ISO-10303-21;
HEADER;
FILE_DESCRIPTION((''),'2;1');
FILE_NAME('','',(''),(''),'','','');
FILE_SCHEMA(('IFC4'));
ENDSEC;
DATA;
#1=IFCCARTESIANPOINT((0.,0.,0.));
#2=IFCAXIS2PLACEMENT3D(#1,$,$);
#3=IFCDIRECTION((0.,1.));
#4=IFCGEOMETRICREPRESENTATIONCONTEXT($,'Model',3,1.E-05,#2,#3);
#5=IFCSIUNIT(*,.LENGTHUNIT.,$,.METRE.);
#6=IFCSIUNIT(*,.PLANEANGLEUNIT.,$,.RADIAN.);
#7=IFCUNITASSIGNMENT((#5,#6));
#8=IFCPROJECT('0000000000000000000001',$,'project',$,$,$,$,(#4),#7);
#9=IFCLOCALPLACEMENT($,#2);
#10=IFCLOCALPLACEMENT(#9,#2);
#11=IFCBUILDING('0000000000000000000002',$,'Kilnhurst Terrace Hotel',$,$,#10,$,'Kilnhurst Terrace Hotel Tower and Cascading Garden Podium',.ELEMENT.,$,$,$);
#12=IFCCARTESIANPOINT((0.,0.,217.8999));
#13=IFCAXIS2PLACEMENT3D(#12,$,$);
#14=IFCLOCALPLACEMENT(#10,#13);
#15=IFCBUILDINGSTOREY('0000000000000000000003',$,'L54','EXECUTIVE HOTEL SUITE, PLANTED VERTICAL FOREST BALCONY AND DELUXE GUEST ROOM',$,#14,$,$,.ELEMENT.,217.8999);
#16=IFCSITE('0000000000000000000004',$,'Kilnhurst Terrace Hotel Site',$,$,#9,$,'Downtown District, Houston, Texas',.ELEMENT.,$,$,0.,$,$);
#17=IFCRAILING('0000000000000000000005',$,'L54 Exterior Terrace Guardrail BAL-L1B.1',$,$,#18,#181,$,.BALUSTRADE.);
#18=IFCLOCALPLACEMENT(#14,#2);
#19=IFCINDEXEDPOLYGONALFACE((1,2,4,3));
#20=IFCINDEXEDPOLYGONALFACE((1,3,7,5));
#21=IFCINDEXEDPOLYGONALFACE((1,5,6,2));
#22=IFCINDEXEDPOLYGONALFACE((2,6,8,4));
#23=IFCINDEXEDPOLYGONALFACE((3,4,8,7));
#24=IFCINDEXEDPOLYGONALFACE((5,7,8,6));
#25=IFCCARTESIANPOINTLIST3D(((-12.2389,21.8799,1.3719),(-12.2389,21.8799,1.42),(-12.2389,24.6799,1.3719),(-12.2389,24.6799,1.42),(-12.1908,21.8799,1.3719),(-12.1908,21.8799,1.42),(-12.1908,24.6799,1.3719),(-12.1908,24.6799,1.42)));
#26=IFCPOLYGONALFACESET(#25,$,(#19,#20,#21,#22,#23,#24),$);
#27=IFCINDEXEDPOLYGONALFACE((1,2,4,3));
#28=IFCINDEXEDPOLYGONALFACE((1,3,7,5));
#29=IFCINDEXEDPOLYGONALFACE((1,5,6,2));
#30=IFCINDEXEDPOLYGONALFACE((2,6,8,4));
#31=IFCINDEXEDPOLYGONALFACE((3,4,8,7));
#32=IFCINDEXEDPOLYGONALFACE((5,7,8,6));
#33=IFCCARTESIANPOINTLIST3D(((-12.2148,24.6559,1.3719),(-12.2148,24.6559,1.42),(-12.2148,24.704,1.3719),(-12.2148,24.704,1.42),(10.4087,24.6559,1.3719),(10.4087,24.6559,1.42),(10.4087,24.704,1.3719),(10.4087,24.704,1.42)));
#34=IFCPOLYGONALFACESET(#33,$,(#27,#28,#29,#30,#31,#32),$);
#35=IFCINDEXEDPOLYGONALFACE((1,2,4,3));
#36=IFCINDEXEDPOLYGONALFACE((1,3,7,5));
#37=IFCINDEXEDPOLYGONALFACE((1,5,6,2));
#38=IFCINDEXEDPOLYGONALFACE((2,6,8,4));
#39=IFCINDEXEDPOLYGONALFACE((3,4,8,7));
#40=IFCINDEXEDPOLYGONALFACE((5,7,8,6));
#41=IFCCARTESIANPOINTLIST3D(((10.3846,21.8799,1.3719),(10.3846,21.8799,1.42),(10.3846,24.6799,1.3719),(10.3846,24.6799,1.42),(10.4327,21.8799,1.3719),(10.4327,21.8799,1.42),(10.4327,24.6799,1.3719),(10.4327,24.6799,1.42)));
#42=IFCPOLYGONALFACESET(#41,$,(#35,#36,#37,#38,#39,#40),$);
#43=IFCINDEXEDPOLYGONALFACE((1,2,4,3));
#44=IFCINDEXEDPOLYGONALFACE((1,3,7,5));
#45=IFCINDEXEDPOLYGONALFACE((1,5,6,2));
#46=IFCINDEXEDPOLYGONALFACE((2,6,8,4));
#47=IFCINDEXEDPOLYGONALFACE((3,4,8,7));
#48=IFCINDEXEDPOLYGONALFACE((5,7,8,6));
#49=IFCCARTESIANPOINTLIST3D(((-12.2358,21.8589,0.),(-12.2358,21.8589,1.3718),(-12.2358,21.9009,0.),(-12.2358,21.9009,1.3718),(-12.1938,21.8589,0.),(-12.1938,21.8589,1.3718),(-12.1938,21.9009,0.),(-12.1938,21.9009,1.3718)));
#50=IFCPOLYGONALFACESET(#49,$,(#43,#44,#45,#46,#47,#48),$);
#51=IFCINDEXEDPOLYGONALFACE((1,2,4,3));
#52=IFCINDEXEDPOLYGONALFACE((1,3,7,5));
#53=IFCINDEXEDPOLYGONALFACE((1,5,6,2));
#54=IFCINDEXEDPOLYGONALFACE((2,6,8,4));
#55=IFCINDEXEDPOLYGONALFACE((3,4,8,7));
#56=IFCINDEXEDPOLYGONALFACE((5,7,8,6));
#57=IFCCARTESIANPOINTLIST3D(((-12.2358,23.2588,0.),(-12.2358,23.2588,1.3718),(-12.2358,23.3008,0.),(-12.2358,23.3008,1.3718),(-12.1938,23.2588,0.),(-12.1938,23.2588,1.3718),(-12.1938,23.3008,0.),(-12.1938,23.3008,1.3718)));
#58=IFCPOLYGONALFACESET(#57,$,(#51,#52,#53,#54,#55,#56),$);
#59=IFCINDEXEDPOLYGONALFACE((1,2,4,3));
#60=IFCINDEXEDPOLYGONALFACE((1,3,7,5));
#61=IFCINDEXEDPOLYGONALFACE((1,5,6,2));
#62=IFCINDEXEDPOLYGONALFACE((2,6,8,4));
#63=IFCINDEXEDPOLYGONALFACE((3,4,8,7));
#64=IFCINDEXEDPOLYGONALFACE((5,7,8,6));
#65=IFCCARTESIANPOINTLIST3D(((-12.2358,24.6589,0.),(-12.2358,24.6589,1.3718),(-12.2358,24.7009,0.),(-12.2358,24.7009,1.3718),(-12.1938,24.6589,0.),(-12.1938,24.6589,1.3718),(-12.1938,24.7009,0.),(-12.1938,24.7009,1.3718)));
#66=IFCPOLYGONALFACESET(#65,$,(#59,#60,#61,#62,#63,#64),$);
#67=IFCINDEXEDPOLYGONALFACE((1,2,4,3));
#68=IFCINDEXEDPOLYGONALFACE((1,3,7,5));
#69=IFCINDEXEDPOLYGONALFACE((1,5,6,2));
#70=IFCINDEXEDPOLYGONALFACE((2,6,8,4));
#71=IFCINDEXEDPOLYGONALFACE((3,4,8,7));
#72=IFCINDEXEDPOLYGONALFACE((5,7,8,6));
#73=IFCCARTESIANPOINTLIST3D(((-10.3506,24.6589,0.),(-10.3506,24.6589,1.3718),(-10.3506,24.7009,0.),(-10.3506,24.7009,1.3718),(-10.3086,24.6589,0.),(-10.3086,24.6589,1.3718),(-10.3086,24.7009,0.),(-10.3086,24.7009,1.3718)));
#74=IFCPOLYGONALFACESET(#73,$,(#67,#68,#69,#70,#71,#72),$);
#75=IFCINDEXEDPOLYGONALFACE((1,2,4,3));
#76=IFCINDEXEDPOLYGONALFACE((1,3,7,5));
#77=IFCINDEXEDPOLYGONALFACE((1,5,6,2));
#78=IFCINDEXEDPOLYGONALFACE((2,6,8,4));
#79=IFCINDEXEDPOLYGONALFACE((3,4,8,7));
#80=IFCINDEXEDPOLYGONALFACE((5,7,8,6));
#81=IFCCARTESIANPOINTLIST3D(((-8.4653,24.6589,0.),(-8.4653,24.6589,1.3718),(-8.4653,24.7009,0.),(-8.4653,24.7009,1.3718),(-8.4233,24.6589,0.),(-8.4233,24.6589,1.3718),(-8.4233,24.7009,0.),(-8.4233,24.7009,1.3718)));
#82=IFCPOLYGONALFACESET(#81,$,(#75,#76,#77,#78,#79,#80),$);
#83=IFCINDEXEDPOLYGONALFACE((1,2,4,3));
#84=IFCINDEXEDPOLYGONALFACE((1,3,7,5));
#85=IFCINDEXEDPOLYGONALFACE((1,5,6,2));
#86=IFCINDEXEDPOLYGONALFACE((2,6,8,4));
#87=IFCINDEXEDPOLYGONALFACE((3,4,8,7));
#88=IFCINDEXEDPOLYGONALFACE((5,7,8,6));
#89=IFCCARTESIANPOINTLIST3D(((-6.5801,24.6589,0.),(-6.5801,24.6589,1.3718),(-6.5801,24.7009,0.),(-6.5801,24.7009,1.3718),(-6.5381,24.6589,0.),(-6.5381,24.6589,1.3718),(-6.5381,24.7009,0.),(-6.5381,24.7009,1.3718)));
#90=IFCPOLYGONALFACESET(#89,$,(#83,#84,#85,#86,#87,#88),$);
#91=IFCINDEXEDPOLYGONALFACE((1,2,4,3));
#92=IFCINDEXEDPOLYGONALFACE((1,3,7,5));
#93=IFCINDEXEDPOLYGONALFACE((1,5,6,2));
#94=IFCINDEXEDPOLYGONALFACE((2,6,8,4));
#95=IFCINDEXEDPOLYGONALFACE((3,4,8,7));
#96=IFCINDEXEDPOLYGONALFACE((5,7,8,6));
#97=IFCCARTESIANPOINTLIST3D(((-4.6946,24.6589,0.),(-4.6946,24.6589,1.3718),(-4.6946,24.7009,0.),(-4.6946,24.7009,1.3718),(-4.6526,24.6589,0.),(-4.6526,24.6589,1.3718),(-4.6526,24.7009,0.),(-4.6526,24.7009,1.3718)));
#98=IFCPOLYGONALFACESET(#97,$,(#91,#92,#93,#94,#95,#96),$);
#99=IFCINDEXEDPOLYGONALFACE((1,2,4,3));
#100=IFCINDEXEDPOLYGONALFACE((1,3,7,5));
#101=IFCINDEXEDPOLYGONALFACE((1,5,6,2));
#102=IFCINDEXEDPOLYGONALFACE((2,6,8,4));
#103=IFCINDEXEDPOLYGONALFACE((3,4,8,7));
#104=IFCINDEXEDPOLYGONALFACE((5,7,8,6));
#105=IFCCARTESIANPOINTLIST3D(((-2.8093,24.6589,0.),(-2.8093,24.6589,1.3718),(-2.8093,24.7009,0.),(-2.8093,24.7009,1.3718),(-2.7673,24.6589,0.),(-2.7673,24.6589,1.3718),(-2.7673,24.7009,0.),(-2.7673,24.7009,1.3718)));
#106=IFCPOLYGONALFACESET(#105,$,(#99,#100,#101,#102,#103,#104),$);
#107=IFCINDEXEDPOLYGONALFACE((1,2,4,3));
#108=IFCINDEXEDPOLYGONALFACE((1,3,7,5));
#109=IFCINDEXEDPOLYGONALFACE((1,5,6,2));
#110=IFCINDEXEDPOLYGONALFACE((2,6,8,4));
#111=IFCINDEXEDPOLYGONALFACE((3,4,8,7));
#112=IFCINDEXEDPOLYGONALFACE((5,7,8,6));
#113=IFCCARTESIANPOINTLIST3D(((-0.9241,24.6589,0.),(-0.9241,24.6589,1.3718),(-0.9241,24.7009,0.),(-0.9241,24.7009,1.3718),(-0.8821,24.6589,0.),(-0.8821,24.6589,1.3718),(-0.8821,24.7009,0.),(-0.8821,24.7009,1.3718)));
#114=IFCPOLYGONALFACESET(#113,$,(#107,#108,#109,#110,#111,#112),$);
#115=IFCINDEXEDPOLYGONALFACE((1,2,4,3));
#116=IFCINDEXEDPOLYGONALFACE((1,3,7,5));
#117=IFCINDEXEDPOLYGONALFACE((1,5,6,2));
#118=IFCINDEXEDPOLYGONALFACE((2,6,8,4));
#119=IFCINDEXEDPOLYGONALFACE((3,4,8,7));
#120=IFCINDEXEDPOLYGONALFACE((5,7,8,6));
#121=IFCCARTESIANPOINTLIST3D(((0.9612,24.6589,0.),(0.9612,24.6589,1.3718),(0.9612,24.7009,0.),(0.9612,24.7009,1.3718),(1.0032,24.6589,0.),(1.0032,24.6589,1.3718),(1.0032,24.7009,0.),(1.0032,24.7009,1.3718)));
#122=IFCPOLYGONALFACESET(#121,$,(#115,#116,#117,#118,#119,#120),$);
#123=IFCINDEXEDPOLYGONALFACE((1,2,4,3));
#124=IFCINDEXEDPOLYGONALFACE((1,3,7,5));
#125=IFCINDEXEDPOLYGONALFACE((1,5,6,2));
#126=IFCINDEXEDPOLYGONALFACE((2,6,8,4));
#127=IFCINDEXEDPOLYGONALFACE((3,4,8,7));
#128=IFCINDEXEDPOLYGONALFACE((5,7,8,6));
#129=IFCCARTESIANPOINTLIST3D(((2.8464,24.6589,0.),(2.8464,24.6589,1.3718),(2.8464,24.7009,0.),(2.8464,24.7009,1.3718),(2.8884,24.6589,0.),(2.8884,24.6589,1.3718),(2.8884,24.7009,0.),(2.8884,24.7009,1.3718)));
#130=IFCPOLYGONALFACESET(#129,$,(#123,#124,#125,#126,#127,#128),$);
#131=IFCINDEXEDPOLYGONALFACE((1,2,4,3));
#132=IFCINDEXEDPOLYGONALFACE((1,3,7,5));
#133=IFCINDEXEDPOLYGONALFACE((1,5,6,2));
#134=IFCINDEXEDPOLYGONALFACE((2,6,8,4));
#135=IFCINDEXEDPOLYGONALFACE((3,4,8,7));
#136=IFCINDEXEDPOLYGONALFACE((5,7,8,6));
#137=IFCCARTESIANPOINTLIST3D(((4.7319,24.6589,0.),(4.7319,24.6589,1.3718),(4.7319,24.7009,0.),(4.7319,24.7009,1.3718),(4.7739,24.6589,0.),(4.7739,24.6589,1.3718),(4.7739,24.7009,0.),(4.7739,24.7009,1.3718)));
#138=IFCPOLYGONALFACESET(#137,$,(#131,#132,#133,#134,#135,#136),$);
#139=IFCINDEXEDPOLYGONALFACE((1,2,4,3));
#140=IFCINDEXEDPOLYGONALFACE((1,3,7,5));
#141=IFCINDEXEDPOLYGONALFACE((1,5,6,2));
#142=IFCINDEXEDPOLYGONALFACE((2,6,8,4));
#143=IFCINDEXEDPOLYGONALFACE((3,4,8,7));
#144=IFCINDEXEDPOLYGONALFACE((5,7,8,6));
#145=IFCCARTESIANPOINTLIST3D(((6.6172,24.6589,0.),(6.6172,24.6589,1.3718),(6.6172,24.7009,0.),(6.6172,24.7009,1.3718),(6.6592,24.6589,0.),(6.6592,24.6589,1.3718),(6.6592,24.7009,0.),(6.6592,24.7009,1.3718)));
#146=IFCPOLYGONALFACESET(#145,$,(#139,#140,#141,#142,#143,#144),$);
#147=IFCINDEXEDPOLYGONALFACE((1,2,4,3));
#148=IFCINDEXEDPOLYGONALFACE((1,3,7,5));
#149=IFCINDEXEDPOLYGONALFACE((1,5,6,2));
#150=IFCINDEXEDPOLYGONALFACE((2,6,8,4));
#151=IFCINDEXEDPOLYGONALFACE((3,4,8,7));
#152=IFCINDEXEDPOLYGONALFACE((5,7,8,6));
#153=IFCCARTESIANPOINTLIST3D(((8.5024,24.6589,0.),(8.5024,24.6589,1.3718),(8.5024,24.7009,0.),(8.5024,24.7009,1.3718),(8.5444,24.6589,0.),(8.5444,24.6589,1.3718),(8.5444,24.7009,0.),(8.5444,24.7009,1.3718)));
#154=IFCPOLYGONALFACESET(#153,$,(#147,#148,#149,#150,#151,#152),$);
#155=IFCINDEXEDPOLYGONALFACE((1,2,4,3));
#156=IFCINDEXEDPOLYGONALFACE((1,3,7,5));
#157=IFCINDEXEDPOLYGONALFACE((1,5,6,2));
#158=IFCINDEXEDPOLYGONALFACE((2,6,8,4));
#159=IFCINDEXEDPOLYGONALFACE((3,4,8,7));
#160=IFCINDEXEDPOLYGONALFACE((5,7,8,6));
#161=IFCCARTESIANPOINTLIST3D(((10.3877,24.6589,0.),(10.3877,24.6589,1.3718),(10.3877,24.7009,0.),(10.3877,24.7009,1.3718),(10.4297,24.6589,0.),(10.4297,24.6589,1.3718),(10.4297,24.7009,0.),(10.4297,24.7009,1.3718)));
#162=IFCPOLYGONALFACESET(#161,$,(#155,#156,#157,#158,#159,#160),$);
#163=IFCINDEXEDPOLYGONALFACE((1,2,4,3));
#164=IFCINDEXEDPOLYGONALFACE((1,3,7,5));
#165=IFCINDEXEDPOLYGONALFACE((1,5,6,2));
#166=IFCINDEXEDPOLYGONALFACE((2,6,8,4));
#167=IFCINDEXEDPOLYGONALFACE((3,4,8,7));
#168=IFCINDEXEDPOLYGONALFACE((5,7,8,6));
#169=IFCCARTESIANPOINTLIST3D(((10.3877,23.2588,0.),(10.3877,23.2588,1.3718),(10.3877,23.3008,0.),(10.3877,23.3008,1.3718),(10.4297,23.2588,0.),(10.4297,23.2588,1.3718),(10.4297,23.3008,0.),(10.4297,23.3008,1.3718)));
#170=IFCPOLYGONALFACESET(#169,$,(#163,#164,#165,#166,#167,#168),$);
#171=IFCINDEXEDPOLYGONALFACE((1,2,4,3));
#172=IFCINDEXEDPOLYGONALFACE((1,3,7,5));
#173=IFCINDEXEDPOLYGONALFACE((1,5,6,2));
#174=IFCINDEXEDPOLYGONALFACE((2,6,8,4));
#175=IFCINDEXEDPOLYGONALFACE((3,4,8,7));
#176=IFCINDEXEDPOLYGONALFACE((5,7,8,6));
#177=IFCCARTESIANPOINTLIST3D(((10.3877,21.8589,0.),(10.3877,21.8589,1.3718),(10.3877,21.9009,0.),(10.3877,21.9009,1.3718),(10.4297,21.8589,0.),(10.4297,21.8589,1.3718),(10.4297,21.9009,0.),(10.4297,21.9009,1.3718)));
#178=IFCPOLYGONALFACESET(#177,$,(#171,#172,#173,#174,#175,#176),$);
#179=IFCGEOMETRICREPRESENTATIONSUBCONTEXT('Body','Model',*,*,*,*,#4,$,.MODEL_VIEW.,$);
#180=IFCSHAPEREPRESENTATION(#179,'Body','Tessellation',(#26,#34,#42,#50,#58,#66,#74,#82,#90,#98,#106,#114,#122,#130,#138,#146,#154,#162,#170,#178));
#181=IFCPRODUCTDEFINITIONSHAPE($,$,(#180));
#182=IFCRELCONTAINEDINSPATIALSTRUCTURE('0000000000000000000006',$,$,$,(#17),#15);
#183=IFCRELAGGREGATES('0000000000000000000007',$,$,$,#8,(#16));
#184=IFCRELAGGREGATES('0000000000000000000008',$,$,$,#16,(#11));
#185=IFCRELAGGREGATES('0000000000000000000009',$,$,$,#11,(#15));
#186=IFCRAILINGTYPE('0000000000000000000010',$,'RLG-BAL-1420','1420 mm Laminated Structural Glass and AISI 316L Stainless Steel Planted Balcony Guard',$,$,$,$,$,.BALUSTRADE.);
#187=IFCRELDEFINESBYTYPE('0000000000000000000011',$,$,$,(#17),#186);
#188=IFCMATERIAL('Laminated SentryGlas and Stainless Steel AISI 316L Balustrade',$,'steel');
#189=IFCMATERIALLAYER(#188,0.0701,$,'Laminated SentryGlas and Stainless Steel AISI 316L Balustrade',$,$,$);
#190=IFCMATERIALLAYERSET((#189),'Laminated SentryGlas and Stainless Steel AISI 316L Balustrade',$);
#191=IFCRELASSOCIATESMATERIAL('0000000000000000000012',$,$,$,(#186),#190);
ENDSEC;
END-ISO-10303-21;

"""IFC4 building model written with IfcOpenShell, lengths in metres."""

from ifc_helpers import new_model, si_unit, direction, frame, origin, origin_2d, place, context, subcontext, project, spatial, rectangle, extrude, material, layer, layer_set, type_object, element, save


model = new_model("IFC4")

# Units and contexts
model_context = context("Model", 3, precision=1e-05, world=origin(), true_north=direction((0.0, 1.0)))
body_context = subcontext(model_context, "Body", "Model", "MODEL_VIEW")
ifc_project = project(units=[si_unit("LENGTHUNIT", "METRE"), si_unit("PLANEANGLEUNIT", "RADIAN")], contexts=[model_context])

# Site, building, storey
site_placement = place(None, origin())
site = spatial("IfcSite", under=ifc_project, at=site_placement, Name="Kilnhurst Terrace Hotel Site", LongName="Downtown District, Houston, Texas", CompositionType="ELEMENT", RefElevation=0.0)
building_placement = place(site_placement, origin())
building = spatial("IfcBuilding", under=site, at=building_placement, Name="Kilnhurst Terrace Hotel", LongName="Kilnhurst Terrace Hotel Tower and Cascading Garden Podium", CompositionType="ELEMENT")
storey_placement = place(building_placement, frame((0.0, 0.0, 217.8999)))
storey = spatial("IfcBuildingStorey", under=building, at=storey_placement, Name="L54", Description="EXECUTIVE HOTEL SUITE, PLANTED VERTICAL FOREST BALCONY AND DELUXE GUEST ROOM", CompositionType="ELEMENT", Elevation=217.8999)

# Railing
ifc_material_1 = material(Name="Laminated SentryGlas and Stainless Steel AISI 316L Balustrade", Category="steel")
ifc_layer_1 = layer(ifc_material_1, 0.0701, Name="Laminated SentryGlas and Stainless Steel AISI 316L Balustrade")
ifc_layer_set_1 = layer_set([ifc_layer_1], Name="Laminated SentryGlas and Stainless Steel AISI 316L Balustrade")
railing_type = type_object("IfcRailingType", Name="RLG-BAL-1420", Description="1420 mm Laminated Structural Glass and AISI 316L Stainless Steel Planted Balcony Guard", PredefinedType="BALUSTRADE", material=ifc_layer_set_1)
railing_placement = place(storey_placement, frame((-12.2148, 21.8799, 0.0)))
element("IfcRailing", 1, at=railing_placement, inside=storey, type_object=railing_type, Name="L54 Exterior Terrace Guardrail BAL-L1B.1", PredefinedType="BALUSTRADE", context=body_context, shape_type="SweptSolid", body=[
    extrude(rectangle(XDim=0.0481, YDim=0.0481, at=origin_2d()), frame((0.0, 0.0, 1.396), z_axis=(0.0, 1.0, 0.0), x_axis=(-1.0, 0.0, 0.0)), (0.0, 0.0, 1.0), 2.8),
    extrude(rectangle(XDim=0.0481, YDim=0.0481, at=origin_2d()), frame((0.0, 2.8, 1.396), z_axis=(1.0, 0.0, 0.0), x_axis=(0.0, 1.0, 0.0)), (0.0, 0.0, 1.0), 22.6235),
    extrude(rectangle(XDim=0.0481, YDim=0.0481, at=origin_2d()), frame((22.6235, 2.8, 1.396), z_axis=(0.0, -1.0, 0.0), x_axis=(1.0, 0.0, 0.0)), (0.0, 0.0, 1.0), 2.8),
    extrude(rectangle(XDim=0.042, YDim=0.042, at=origin_2d()), origin(), (0.0, 0.0, 1.0), 1.3718),
    extrude(rectangle(XDim=0.042, YDim=0.042, at=origin_2d()), frame((0.0, 1.3999, 0.0)), (0.0, 0.0, 1.0), 1.3718),
    extrude(rectangle(XDim=0.042, YDim=0.042, at=origin_2d()), frame((0.0, 2.8, 0.0)), (0.0, 0.0, 1.0), 1.3718),
    extrude(rectangle(XDim=0.042, YDim=0.042, at=origin_2d()), frame((1.8853, 2.8, 0.0)), (0.0, 0.0, 1.0), 1.3718),
    extrude(rectangle(XDim=0.042, YDim=0.042, at=origin_2d()), frame((3.7705, 2.8, 0.0)), (0.0, 0.0, 1.0), 1.3718),
    extrude(rectangle(XDim=0.042, YDim=0.042, at=origin_2d()), frame((5.6558, 2.8, 0.0)), (0.0, 0.0, 1.0), 1.3718),
    extrude(rectangle(XDim=0.042, YDim=0.042, at=origin_2d()), frame((7.5413, 2.8, 0.0)), (0.0, 0.0, 1.0), 1.3718),
    extrude(rectangle(XDim=0.042, YDim=0.042, at=origin_2d()), frame((9.4265, 2.8, 0.0)), (0.0, 0.0, 1.0), 1.3718),
    extrude(rectangle(XDim=0.042, YDim=0.042, at=origin_2d()), frame((11.3118, 2.8, 0.0)), (0.0, 0.0, 1.0), 1.3718),
    extrude(rectangle(XDim=0.042, YDim=0.042, at=origin_2d()), frame((13.197, 2.8, 0.0)), (0.0, 0.0, 1.0), 1.3718),
    extrude(rectangle(XDim=0.042, YDim=0.042, at=origin_2d()), frame((15.0823, 2.8, 0.0)), (0.0, 0.0, 1.0), 1.3718),
    extrude(rectangle(XDim=0.042, YDim=0.042, at=origin_2d()), frame((16.9678, 2.8, 0.0)), (0.0, 0.0, 1.0), 1.3718),
    extrude(rectangle(XDim=0.042, YDim=0.042, at=origin_2d()), frame((18.853, 2.8, 0.0)), (0.0, 0.0, 1.0), 1.3718),
    extrude(rectangle(XDim=0.042, YDim=0.042, at=origin_2d()), frame((20.7383, 2.8, 0.0)), (0.0, 0.0, 1.0), 1.3718),
    extrude(rectangle(XDim=0.042, YDim=0.042, at=origin_2d()), frame((22.6235, 2.8, 0.0)), (0.0, 0.0, 1.0), 1.3718),
    extrude(rectangle(XDim=0.042, YDim=0.042, at=origin_2d()), frame((22.6235, 1.3999, 0.0)), (0.0, 0.0, 1.0), 1.3718),
    extrude(rectangle(XDim=0.042, YDim=0.042, at=origin_2d()), frame((22.6235, 0.0, 0.0)), (0.0, 0.0, 1.0), 1.3718),
])

save(model, "model.ifc")
